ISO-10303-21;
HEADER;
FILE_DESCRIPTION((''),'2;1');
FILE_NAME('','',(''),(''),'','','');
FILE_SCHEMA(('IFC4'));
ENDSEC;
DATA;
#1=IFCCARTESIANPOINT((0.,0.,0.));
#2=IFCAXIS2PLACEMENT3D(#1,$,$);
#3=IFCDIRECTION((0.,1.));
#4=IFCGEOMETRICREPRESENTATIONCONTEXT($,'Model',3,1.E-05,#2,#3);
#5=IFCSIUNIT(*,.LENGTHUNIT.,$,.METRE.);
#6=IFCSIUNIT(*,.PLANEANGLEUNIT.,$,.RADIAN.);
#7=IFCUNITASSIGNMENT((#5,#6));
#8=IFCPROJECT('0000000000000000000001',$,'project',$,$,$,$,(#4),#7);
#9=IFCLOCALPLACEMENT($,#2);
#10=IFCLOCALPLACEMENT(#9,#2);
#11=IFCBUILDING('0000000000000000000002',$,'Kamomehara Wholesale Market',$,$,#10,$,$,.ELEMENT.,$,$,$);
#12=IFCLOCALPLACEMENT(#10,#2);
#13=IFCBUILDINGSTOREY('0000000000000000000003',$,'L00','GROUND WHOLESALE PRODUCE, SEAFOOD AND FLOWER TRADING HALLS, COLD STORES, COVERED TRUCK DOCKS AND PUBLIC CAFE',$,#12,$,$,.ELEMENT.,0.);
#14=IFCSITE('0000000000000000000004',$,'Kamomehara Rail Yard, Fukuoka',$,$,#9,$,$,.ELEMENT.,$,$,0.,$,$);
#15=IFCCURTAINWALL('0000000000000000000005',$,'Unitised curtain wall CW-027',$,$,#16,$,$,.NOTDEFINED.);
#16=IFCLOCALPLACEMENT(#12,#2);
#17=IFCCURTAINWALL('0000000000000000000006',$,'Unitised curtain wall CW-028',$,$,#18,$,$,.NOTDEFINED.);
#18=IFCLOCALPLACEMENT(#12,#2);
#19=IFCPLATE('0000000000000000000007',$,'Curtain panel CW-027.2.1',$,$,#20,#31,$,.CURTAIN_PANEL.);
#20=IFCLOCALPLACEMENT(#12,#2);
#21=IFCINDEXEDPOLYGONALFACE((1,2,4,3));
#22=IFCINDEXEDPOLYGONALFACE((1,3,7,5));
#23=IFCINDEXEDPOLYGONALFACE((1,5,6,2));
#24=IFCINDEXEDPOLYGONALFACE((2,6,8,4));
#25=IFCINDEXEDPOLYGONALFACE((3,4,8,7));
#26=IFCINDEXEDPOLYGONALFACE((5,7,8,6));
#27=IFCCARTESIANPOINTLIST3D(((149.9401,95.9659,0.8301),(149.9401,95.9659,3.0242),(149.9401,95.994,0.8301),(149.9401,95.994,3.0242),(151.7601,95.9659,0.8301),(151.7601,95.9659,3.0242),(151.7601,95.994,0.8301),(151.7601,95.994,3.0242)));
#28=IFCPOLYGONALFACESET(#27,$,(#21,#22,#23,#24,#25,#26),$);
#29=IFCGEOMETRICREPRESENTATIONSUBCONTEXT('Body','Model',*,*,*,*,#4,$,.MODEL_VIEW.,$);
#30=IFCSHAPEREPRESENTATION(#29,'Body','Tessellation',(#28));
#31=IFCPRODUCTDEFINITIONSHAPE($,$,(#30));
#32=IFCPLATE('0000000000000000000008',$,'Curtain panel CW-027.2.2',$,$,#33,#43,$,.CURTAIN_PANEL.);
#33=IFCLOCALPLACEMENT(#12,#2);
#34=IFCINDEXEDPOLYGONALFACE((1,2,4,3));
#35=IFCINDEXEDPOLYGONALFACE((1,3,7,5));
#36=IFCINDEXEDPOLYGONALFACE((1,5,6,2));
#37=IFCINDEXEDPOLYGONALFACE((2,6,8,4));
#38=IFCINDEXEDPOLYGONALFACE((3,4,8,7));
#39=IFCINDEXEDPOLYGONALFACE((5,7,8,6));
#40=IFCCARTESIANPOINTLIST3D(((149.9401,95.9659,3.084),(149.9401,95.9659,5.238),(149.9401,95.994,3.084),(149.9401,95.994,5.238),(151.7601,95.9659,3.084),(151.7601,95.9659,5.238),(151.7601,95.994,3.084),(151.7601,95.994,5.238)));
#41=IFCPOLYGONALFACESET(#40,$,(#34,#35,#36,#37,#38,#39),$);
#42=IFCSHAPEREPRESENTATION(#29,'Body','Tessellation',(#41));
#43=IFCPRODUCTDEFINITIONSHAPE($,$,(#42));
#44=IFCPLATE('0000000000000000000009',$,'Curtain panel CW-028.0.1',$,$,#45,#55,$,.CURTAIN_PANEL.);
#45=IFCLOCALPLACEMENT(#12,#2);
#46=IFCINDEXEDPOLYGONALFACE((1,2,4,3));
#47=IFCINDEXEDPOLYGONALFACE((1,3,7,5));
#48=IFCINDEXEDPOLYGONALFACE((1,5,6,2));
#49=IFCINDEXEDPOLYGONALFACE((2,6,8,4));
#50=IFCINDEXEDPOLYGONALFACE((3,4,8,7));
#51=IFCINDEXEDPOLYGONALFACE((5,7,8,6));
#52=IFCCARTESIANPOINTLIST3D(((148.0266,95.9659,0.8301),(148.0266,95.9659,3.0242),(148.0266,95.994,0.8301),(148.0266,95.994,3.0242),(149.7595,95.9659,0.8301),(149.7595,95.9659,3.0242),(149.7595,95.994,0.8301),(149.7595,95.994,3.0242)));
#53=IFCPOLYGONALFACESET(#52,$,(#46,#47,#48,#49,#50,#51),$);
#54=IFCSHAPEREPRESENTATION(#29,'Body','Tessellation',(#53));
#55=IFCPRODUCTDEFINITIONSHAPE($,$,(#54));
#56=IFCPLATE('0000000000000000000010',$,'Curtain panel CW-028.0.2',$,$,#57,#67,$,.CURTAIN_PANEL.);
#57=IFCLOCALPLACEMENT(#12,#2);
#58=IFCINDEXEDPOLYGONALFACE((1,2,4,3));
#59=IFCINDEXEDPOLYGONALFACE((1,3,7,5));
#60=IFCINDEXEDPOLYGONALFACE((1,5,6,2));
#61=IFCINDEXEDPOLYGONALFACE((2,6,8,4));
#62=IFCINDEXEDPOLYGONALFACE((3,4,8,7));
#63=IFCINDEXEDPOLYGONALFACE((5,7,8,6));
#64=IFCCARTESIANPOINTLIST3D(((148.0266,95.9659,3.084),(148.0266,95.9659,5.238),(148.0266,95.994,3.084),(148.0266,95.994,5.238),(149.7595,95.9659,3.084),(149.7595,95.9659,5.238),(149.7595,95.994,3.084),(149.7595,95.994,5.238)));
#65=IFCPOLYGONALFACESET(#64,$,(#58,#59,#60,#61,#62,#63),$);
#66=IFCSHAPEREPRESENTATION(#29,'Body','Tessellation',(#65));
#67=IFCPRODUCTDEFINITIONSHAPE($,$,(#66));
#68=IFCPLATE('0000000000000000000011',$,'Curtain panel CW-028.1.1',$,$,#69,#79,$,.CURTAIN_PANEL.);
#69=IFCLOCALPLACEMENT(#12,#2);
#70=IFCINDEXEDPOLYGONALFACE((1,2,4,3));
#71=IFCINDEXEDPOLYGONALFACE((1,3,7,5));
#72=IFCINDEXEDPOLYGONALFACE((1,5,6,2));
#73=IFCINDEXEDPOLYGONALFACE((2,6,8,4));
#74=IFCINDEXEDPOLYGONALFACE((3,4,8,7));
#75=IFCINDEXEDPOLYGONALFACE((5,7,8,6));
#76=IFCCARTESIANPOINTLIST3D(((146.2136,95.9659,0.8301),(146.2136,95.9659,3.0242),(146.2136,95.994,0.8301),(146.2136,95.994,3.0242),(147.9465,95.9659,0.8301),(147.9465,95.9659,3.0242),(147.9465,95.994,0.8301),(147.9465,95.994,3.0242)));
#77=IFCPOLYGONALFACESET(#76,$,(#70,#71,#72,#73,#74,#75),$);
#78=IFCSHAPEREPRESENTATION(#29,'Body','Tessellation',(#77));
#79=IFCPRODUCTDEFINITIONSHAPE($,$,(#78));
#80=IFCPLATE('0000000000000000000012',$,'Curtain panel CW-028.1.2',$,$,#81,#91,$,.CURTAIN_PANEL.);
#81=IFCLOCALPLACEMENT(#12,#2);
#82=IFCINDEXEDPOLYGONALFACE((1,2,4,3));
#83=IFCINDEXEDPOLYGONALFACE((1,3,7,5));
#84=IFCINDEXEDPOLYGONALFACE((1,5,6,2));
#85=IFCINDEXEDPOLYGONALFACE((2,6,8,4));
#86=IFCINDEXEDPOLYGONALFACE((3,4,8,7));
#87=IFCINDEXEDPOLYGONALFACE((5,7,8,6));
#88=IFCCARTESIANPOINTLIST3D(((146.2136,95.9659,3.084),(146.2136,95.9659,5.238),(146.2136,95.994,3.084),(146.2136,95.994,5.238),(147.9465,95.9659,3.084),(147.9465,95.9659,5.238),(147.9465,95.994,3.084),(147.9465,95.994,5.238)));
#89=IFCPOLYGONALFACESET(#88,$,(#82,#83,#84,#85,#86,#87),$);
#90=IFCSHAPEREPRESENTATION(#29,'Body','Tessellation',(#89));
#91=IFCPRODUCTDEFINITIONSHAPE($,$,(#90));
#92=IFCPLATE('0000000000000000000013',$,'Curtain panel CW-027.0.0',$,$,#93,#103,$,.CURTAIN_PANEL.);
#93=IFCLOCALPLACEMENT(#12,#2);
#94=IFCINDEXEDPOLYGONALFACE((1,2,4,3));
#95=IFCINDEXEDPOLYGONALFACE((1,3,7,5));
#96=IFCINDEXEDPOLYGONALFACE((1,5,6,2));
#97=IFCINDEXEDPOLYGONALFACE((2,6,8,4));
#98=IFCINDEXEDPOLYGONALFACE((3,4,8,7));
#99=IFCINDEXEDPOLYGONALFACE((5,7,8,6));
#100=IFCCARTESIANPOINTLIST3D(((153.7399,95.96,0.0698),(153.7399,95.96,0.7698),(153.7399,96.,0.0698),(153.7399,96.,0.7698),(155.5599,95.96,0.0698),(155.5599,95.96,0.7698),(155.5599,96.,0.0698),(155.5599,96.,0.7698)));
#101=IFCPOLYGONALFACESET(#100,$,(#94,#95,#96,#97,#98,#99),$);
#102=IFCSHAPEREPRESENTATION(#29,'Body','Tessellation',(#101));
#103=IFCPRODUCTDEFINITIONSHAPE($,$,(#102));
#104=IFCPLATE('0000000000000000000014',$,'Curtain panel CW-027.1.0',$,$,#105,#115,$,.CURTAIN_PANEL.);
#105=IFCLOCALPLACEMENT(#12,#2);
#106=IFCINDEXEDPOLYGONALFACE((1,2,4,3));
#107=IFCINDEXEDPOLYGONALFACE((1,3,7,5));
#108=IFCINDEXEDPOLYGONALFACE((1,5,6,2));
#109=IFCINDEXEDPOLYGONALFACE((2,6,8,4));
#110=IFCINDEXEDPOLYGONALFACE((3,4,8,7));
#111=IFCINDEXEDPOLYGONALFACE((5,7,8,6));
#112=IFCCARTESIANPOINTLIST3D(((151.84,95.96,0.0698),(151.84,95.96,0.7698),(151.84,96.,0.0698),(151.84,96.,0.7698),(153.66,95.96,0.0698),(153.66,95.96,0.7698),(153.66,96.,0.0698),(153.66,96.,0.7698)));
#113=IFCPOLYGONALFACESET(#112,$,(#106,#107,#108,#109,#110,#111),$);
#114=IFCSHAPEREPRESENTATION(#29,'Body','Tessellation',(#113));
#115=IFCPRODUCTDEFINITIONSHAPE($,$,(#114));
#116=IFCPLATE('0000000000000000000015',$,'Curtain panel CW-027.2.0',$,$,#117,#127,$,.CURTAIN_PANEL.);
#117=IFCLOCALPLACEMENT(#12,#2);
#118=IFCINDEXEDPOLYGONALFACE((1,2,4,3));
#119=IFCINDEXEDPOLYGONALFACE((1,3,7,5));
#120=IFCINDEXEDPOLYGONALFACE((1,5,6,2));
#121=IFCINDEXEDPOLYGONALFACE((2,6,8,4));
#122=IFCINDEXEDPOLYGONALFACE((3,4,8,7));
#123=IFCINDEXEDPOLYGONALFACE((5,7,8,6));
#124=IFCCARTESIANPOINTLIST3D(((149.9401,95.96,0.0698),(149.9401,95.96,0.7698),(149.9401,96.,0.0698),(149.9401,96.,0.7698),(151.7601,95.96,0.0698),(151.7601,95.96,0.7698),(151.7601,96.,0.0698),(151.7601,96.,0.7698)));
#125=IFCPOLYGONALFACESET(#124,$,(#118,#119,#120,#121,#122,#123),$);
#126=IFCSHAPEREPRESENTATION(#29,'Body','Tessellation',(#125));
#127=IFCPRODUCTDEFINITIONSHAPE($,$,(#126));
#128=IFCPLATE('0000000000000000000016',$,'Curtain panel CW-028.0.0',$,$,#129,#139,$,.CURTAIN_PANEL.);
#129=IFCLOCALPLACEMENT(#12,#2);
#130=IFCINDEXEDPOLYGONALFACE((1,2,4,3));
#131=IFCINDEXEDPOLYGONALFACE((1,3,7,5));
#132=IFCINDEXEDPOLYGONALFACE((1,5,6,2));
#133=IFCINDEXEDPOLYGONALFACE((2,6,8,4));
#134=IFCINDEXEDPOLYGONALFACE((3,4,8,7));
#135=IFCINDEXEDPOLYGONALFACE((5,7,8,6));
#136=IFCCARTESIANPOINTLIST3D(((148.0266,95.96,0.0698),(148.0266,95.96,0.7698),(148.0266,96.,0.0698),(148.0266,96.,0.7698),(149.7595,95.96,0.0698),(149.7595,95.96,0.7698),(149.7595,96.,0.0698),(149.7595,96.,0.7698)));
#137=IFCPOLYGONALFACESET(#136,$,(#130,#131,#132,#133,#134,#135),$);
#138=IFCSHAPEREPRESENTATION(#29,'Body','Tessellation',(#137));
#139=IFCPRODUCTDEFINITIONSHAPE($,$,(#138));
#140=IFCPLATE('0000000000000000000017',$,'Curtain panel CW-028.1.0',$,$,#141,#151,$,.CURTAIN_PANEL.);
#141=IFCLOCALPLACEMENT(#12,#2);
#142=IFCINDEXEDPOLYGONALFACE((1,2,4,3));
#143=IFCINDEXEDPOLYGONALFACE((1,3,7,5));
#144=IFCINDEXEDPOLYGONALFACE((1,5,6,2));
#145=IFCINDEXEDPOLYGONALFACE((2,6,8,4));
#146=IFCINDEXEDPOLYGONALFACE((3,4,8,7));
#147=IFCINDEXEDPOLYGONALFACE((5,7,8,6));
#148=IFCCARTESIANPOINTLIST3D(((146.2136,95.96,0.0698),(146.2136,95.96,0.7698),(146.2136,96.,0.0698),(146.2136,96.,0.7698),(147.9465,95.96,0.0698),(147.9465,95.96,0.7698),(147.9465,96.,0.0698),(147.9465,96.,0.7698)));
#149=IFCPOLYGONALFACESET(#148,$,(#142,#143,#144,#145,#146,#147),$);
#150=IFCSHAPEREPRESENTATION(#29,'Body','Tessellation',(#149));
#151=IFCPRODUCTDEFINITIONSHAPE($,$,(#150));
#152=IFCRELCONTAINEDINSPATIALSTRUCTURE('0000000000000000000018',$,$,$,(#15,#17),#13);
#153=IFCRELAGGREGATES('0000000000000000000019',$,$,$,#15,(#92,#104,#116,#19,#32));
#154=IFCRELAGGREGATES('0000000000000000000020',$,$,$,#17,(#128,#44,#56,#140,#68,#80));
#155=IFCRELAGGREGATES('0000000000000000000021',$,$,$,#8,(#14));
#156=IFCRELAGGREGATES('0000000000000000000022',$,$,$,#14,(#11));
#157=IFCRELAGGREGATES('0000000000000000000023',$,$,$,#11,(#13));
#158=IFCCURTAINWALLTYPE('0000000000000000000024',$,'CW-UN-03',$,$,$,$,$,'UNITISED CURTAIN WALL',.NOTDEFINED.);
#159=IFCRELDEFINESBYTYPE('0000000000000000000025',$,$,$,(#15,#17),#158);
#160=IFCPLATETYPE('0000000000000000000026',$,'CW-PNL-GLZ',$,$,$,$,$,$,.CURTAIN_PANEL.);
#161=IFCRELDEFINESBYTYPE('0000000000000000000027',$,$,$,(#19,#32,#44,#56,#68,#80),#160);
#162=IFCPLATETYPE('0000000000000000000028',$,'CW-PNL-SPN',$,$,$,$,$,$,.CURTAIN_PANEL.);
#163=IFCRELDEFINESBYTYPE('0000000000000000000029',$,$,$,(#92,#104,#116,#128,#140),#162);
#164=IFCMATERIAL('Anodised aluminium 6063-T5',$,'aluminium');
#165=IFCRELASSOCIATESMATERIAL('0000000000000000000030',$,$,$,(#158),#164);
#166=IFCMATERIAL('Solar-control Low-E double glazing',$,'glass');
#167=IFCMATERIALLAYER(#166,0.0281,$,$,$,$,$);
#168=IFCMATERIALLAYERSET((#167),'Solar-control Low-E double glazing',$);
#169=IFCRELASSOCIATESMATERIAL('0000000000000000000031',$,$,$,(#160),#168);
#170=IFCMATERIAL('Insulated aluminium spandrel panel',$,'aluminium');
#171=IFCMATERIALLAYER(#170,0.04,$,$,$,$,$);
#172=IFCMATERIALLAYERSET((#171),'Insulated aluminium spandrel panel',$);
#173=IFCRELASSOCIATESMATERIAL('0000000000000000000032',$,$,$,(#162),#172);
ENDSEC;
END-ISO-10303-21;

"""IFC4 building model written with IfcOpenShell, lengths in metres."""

from ifc_helpers import new_model, si_unit, direction, frame, origin, origin_2d, place, context, subcontext, project, spatial, rectangle, extrude, material, layer, layer_set, type_object, element, aggregate, save


model = new_model("IFC4")

# Units and contexts
model_context = context("Model", 3, precision=1e-05, world=origin(), true_north=direction((0.0, 1.0)))
body_context = subcontext(model_context, "Body", "Model", "MODEL_VIEW")
ifc_project = project(units=[si_unit("LENGTHUNIT", "METRE"), si_unit("PLANEANGLEUNIT", "RADIAN")], contexts=[model_context])

# Site, building, storey
site_placement = place(None, origin())
site = spatial("IfcSite", under=ifc_project, at=site_placement, Name="Kamomehara Rail Yard, Fukuoka", CompositionType="ELEMENT", RefElevation=0.0)
building_placement = place(site_placement, origin())
building = spatial("IfcBuilding", under=site, at=building_placement, Name="Kamomehara Wholesale Market", CompositionType="ELEMENT")
storey_placement = place(building_placement, origin())
storey = spatial("IfcBuildingStorey", under=building, at=storey_placement, Name="L00", Description="GROUND WHOLESALE PRODUCE, SEAFOOD AND FLOWER TRADING HALLS, COLD STORES, COVERED TRUCK DOCKS AND PUBLIC CAFE", CompositionType="ELEMENT", Elevation=0.0)

# Curtain walls
ifc_material_1 = material(Name="Anodised aluminium 6063-T5", Category="aluminium")
curtain_wall_type = type_object("IfcCurtainWallType", Name="CW-UN-03", ElementType="UNITISED CURTAIN WALL", PredefinedType="NOTDEFINED", material=ifc_material_1)
curtain_wall_1_placement = place(storey_placement, origin())
curtain_wall_1 = element("IfcCurtainWall", 1, at=curtain_wall_1_placement, inside=storey, type_object=curtain_wall_type, Name="Unitised curtain wall CW-027", PredefinedType="NOTDEFINED")
curtain_wall_2_placement = place(storey_placement, origin())
curtain_wall_2 = element("IfcCurtainWall", 2, at=curtain_wall_2_placement, inside=storey, type_object=curtain_wall_type, Name="Unitised curtain wall CW-028", PredefinedType="NOTDEFINED")

# Plates
ifc_material_2 = material(Name="Solar-control Low-E double glazing", Category="glass")
ifc_layer_1 = layer(ifc_material_2, 0.0281)
ifc_layer_set_1 = layer_set([ifc_layer_1], Name="Solar-control Low-E double glazing")
plate_type_1 = type_object("IfcPlateType", Name="CW-PNL-GLZ", PredefinedType="CURTAIN_PANEL", material=ifc_layer_set_1)
plate_1_placement = place(storey_placement, frame((150.8501, 95.98, 0.8301), z_axis=(0.0, 0.0, 1.0), x_axis=(-1.0, 0.0, 0.0)))
plate_1 = element("IfcPlate", 3, at=plate_1_placement, type_object=plate_type_1, Name="Curtain panel CW-027.2.1", PredefinedType="CURTAIN_PANEL", context=body_context, shape_type="SweptSolid", body=[
    extrude(rectangle(XDim=1.8201, YDim=0.0281, at=origin_2d()), origin(), (0.0, 0.0, 1.0), 2.1941),
])
plate_2_placement = place(storey_placement, frame((150.8501, 95.98, 3.084), z_axis=(0.0, 0.0, 1.0), x_axis=(-1.0, 0.0, 0.0)))
plate_2 = element("IfcPlate", 4, at=plate_2_placement, type_object=plate_type_1, Name="Curtain panel CW-027.2.2", PredefinedType="CURTAIN_PANEL", context=body_context, shape_type="SweptSolid", body=[
    extrude(rectangle(XDim=1.8201, YDim=0.0281, at=origin_2d()), origin(), (0.0, 0.0, 1.0), 2.1541),
])
plate_3_placement = place(storey_placement, frame((148.8931, 95.98, 0.8301), z_axis=(0.0, 0.0, 1.0), x_axis=(-1.0, 0.0, 0.0)))
plate_3 = element("IfcPlate", 5, at=plate_3_placement, type_object=plate_type_1, Name="Curtain panel CW-028.0.1", PredefinedType="CURTAIN_PANEL", context=body_context, shape_type="SweptSolid", body=[
    extrude(rectangle(XDim=1.7329, YDim=0.0281, at=origin_2d()), origin(), (0.0, 0.0, 1.0), 2.1941),
])
plate_4_placement = place(storey_placement, frame((148.8931, 95.98, 3.084), z_axis=(0.0, 0.0, 1.0), x_axis=(-1.0, 0.0, 0.0)))
plate_4 = element("IfcPlate", 6, at=plate_4_placement, type_object=plate_type_1, Name="Curtain panel CW-028.0.2", PredefinedType="CURTAIN_PANEL", context=body_context, shape_type="SweptSolid", body=[
    extrude(rectangle(XDim=1.7329, YDim=0.0281, at=origin_2d()), origin(), (0.0, 0.0, 1.0), 2.1541),
])
plate_5_placement = place(storey_placement, frame((147.0801, 95.98, 0.8301), z_axis=(0.0, 0.0, 1.0), x_axis=(-1.0, 0.0, 0.0)))
plate_5 = element("IfcPlate", 7, at=plate_5_placement, type_object=plate_type_1, Name="Curtain panel CW-028.1.1", PredefinedType="CURTAIN_PANEL", context=body_context, shape_type="SweptSolid", body=[
    extrude(rectangle(XDim=1.7329, YDim=0.0281, at=origin_2d()), origin(), (0.0, 0.0, 1.0), 2.1941),
])
plate_6_placement = place(storey_placement, frame((147.0801, 95.98, 3.084), z_axis=(0.0, 0.0, 1.0), x_axis=(-1.0, 0.0, 0.0)))
plate_6 = element("IfcPlate", 8, at=plate_6_placement, type_object=plate_type_1, Name="Curtain panel CW-028.1.2", PredefinedType="CURTAIN_PANEL", context=body_context, shape_type="SweptSolid", body=[
    extrude(rectangle(XDim=1.7329, YDim=0.0281, at=origin_2d()), origin(), (0.0, 0.0, 1.0), 2.1541),
])
ifc_material_3 = material(Name="Insulated aluminium spandrel panel", Category="aluminium")
ifc_layer_2 = layer(ifc_material_3, 0.04)
ifc_layer_set_2 = layer_set([ifc_layer_2], Name="Insulated aluminium spandrel panel")
plate_type_2 = type_object("IfcPlateType", Name="CW-PNL-SPN", PredefinedType="CURTAIN_PANEL", material=ifc_layer_set_2)
plate_7_placement = place(storey_placement, frame((154.6499, 95.98, 0.0698), z_axis=(0.0, 0.0, 1.0), x_axis=(-1.0, 0.0, 0.0)))
plate_7 = element("IfcPlate", 9, at=plate_7_placement, type_object=plate_type_2, Name="Curtain panel CW-027.0.0", PredefinedType="CURTAIN_PANEL", context=body_context, shape_type="SweptSolid", body=[
    extrude(rectangle(XDim=1.8201, YDim=0.04, at=origin_2d()), origin(), (0.0, 0.0, 1.0), 0.7),
])
plate_8_placement = place(storey_placement, frame((152.75, 95.98, 0.0698), z_axis=(0.0, 0.0, 1.0), x_axis=(-1.0, 0.0, 0.0)))
plate_8 = element("IfcPlate", 10, at=plate_8_placement, type_object=plate_type_2, Name="Curtain panel CW-027.1.0", PredefinedType="CURTAIN_PANEL", context=body_context, shape_type="SweptSolid", body=[
    extrude(rectangle(XDim=1.8201, YDim=0.04, at=origin_2d()), origin(), (0.0, 0.0, 1.0), 0.7),
])
plate_9_placement = place(storey_placement, frame((150.8501, 95.98, 0.0698), z_axis=(0.0, 0.0, 1.0), x_axis=(-1.0, 0.0, 0.0)))
plate_9 = element("IfcPlate", 11, at=plate_9_placement, type_object=plate_type_2, Name="Curtain panel CW-027.2.0", PredefinedType="CURTAIN_PANEL", context=body_context, shape_type="SweptSolid", body=[
    extrude(rectangle(XDim=1.8201, YDim=0.04, at=origin_2d()), origin(), (0.0, 0.0, 1.0), 0.7),
])
aggregate(curtain_wall_1, [plate_7, plate_8, plate_9, plate_1, plate_2])
plate_10_placement = place(storey_placement, frame((148.8931, 95.98, 0.0698), z_axis=(0.0, 0.0, 1.0), x_axis=(-1.0, 0.0, 0.0)))
plate_10 = element("IfcPlate", 12, at=plate_10_placement, type_object=plate_type_2, Name="Curtain panel CW-028.0.0", PredefinedType="CURTAIN_PANEL", context=body_context, shape_type="SweptSolid", body=[
    extrude(rectangle(XDim=1.7329, YDim=0.04, at=origin_2d()), origin(), (0.0, 0.0, 1.0), 0.7),
])
plate_11_placement = place(storey_placement, frame((147.0801, 95.98, 0.0698), z_axis=(0.0, 0.0, 1.0), x_axis=(-1.0, 0.0, 0.0)))
plate_11 = element("IfcPlate", 13, at=plate_11_placement, type_object=plate_type_2, Name="Curtain panel CW-028.1.0", PredefinedType="CURTAIN_PANEL", context=body_context, shape_type="SweptSolid", body=[
    extrude(rectangle(XDim=1.7329, YDim=0.04, at=origin_2d()), origin(), (0.0, 0.0, 1.0), 0.7),
])
aggregate(curtain_wall_2, [plate_10, plate_3, plate_4, plate_11, plate_5, plate_6])

save(model, "model.ifc")
